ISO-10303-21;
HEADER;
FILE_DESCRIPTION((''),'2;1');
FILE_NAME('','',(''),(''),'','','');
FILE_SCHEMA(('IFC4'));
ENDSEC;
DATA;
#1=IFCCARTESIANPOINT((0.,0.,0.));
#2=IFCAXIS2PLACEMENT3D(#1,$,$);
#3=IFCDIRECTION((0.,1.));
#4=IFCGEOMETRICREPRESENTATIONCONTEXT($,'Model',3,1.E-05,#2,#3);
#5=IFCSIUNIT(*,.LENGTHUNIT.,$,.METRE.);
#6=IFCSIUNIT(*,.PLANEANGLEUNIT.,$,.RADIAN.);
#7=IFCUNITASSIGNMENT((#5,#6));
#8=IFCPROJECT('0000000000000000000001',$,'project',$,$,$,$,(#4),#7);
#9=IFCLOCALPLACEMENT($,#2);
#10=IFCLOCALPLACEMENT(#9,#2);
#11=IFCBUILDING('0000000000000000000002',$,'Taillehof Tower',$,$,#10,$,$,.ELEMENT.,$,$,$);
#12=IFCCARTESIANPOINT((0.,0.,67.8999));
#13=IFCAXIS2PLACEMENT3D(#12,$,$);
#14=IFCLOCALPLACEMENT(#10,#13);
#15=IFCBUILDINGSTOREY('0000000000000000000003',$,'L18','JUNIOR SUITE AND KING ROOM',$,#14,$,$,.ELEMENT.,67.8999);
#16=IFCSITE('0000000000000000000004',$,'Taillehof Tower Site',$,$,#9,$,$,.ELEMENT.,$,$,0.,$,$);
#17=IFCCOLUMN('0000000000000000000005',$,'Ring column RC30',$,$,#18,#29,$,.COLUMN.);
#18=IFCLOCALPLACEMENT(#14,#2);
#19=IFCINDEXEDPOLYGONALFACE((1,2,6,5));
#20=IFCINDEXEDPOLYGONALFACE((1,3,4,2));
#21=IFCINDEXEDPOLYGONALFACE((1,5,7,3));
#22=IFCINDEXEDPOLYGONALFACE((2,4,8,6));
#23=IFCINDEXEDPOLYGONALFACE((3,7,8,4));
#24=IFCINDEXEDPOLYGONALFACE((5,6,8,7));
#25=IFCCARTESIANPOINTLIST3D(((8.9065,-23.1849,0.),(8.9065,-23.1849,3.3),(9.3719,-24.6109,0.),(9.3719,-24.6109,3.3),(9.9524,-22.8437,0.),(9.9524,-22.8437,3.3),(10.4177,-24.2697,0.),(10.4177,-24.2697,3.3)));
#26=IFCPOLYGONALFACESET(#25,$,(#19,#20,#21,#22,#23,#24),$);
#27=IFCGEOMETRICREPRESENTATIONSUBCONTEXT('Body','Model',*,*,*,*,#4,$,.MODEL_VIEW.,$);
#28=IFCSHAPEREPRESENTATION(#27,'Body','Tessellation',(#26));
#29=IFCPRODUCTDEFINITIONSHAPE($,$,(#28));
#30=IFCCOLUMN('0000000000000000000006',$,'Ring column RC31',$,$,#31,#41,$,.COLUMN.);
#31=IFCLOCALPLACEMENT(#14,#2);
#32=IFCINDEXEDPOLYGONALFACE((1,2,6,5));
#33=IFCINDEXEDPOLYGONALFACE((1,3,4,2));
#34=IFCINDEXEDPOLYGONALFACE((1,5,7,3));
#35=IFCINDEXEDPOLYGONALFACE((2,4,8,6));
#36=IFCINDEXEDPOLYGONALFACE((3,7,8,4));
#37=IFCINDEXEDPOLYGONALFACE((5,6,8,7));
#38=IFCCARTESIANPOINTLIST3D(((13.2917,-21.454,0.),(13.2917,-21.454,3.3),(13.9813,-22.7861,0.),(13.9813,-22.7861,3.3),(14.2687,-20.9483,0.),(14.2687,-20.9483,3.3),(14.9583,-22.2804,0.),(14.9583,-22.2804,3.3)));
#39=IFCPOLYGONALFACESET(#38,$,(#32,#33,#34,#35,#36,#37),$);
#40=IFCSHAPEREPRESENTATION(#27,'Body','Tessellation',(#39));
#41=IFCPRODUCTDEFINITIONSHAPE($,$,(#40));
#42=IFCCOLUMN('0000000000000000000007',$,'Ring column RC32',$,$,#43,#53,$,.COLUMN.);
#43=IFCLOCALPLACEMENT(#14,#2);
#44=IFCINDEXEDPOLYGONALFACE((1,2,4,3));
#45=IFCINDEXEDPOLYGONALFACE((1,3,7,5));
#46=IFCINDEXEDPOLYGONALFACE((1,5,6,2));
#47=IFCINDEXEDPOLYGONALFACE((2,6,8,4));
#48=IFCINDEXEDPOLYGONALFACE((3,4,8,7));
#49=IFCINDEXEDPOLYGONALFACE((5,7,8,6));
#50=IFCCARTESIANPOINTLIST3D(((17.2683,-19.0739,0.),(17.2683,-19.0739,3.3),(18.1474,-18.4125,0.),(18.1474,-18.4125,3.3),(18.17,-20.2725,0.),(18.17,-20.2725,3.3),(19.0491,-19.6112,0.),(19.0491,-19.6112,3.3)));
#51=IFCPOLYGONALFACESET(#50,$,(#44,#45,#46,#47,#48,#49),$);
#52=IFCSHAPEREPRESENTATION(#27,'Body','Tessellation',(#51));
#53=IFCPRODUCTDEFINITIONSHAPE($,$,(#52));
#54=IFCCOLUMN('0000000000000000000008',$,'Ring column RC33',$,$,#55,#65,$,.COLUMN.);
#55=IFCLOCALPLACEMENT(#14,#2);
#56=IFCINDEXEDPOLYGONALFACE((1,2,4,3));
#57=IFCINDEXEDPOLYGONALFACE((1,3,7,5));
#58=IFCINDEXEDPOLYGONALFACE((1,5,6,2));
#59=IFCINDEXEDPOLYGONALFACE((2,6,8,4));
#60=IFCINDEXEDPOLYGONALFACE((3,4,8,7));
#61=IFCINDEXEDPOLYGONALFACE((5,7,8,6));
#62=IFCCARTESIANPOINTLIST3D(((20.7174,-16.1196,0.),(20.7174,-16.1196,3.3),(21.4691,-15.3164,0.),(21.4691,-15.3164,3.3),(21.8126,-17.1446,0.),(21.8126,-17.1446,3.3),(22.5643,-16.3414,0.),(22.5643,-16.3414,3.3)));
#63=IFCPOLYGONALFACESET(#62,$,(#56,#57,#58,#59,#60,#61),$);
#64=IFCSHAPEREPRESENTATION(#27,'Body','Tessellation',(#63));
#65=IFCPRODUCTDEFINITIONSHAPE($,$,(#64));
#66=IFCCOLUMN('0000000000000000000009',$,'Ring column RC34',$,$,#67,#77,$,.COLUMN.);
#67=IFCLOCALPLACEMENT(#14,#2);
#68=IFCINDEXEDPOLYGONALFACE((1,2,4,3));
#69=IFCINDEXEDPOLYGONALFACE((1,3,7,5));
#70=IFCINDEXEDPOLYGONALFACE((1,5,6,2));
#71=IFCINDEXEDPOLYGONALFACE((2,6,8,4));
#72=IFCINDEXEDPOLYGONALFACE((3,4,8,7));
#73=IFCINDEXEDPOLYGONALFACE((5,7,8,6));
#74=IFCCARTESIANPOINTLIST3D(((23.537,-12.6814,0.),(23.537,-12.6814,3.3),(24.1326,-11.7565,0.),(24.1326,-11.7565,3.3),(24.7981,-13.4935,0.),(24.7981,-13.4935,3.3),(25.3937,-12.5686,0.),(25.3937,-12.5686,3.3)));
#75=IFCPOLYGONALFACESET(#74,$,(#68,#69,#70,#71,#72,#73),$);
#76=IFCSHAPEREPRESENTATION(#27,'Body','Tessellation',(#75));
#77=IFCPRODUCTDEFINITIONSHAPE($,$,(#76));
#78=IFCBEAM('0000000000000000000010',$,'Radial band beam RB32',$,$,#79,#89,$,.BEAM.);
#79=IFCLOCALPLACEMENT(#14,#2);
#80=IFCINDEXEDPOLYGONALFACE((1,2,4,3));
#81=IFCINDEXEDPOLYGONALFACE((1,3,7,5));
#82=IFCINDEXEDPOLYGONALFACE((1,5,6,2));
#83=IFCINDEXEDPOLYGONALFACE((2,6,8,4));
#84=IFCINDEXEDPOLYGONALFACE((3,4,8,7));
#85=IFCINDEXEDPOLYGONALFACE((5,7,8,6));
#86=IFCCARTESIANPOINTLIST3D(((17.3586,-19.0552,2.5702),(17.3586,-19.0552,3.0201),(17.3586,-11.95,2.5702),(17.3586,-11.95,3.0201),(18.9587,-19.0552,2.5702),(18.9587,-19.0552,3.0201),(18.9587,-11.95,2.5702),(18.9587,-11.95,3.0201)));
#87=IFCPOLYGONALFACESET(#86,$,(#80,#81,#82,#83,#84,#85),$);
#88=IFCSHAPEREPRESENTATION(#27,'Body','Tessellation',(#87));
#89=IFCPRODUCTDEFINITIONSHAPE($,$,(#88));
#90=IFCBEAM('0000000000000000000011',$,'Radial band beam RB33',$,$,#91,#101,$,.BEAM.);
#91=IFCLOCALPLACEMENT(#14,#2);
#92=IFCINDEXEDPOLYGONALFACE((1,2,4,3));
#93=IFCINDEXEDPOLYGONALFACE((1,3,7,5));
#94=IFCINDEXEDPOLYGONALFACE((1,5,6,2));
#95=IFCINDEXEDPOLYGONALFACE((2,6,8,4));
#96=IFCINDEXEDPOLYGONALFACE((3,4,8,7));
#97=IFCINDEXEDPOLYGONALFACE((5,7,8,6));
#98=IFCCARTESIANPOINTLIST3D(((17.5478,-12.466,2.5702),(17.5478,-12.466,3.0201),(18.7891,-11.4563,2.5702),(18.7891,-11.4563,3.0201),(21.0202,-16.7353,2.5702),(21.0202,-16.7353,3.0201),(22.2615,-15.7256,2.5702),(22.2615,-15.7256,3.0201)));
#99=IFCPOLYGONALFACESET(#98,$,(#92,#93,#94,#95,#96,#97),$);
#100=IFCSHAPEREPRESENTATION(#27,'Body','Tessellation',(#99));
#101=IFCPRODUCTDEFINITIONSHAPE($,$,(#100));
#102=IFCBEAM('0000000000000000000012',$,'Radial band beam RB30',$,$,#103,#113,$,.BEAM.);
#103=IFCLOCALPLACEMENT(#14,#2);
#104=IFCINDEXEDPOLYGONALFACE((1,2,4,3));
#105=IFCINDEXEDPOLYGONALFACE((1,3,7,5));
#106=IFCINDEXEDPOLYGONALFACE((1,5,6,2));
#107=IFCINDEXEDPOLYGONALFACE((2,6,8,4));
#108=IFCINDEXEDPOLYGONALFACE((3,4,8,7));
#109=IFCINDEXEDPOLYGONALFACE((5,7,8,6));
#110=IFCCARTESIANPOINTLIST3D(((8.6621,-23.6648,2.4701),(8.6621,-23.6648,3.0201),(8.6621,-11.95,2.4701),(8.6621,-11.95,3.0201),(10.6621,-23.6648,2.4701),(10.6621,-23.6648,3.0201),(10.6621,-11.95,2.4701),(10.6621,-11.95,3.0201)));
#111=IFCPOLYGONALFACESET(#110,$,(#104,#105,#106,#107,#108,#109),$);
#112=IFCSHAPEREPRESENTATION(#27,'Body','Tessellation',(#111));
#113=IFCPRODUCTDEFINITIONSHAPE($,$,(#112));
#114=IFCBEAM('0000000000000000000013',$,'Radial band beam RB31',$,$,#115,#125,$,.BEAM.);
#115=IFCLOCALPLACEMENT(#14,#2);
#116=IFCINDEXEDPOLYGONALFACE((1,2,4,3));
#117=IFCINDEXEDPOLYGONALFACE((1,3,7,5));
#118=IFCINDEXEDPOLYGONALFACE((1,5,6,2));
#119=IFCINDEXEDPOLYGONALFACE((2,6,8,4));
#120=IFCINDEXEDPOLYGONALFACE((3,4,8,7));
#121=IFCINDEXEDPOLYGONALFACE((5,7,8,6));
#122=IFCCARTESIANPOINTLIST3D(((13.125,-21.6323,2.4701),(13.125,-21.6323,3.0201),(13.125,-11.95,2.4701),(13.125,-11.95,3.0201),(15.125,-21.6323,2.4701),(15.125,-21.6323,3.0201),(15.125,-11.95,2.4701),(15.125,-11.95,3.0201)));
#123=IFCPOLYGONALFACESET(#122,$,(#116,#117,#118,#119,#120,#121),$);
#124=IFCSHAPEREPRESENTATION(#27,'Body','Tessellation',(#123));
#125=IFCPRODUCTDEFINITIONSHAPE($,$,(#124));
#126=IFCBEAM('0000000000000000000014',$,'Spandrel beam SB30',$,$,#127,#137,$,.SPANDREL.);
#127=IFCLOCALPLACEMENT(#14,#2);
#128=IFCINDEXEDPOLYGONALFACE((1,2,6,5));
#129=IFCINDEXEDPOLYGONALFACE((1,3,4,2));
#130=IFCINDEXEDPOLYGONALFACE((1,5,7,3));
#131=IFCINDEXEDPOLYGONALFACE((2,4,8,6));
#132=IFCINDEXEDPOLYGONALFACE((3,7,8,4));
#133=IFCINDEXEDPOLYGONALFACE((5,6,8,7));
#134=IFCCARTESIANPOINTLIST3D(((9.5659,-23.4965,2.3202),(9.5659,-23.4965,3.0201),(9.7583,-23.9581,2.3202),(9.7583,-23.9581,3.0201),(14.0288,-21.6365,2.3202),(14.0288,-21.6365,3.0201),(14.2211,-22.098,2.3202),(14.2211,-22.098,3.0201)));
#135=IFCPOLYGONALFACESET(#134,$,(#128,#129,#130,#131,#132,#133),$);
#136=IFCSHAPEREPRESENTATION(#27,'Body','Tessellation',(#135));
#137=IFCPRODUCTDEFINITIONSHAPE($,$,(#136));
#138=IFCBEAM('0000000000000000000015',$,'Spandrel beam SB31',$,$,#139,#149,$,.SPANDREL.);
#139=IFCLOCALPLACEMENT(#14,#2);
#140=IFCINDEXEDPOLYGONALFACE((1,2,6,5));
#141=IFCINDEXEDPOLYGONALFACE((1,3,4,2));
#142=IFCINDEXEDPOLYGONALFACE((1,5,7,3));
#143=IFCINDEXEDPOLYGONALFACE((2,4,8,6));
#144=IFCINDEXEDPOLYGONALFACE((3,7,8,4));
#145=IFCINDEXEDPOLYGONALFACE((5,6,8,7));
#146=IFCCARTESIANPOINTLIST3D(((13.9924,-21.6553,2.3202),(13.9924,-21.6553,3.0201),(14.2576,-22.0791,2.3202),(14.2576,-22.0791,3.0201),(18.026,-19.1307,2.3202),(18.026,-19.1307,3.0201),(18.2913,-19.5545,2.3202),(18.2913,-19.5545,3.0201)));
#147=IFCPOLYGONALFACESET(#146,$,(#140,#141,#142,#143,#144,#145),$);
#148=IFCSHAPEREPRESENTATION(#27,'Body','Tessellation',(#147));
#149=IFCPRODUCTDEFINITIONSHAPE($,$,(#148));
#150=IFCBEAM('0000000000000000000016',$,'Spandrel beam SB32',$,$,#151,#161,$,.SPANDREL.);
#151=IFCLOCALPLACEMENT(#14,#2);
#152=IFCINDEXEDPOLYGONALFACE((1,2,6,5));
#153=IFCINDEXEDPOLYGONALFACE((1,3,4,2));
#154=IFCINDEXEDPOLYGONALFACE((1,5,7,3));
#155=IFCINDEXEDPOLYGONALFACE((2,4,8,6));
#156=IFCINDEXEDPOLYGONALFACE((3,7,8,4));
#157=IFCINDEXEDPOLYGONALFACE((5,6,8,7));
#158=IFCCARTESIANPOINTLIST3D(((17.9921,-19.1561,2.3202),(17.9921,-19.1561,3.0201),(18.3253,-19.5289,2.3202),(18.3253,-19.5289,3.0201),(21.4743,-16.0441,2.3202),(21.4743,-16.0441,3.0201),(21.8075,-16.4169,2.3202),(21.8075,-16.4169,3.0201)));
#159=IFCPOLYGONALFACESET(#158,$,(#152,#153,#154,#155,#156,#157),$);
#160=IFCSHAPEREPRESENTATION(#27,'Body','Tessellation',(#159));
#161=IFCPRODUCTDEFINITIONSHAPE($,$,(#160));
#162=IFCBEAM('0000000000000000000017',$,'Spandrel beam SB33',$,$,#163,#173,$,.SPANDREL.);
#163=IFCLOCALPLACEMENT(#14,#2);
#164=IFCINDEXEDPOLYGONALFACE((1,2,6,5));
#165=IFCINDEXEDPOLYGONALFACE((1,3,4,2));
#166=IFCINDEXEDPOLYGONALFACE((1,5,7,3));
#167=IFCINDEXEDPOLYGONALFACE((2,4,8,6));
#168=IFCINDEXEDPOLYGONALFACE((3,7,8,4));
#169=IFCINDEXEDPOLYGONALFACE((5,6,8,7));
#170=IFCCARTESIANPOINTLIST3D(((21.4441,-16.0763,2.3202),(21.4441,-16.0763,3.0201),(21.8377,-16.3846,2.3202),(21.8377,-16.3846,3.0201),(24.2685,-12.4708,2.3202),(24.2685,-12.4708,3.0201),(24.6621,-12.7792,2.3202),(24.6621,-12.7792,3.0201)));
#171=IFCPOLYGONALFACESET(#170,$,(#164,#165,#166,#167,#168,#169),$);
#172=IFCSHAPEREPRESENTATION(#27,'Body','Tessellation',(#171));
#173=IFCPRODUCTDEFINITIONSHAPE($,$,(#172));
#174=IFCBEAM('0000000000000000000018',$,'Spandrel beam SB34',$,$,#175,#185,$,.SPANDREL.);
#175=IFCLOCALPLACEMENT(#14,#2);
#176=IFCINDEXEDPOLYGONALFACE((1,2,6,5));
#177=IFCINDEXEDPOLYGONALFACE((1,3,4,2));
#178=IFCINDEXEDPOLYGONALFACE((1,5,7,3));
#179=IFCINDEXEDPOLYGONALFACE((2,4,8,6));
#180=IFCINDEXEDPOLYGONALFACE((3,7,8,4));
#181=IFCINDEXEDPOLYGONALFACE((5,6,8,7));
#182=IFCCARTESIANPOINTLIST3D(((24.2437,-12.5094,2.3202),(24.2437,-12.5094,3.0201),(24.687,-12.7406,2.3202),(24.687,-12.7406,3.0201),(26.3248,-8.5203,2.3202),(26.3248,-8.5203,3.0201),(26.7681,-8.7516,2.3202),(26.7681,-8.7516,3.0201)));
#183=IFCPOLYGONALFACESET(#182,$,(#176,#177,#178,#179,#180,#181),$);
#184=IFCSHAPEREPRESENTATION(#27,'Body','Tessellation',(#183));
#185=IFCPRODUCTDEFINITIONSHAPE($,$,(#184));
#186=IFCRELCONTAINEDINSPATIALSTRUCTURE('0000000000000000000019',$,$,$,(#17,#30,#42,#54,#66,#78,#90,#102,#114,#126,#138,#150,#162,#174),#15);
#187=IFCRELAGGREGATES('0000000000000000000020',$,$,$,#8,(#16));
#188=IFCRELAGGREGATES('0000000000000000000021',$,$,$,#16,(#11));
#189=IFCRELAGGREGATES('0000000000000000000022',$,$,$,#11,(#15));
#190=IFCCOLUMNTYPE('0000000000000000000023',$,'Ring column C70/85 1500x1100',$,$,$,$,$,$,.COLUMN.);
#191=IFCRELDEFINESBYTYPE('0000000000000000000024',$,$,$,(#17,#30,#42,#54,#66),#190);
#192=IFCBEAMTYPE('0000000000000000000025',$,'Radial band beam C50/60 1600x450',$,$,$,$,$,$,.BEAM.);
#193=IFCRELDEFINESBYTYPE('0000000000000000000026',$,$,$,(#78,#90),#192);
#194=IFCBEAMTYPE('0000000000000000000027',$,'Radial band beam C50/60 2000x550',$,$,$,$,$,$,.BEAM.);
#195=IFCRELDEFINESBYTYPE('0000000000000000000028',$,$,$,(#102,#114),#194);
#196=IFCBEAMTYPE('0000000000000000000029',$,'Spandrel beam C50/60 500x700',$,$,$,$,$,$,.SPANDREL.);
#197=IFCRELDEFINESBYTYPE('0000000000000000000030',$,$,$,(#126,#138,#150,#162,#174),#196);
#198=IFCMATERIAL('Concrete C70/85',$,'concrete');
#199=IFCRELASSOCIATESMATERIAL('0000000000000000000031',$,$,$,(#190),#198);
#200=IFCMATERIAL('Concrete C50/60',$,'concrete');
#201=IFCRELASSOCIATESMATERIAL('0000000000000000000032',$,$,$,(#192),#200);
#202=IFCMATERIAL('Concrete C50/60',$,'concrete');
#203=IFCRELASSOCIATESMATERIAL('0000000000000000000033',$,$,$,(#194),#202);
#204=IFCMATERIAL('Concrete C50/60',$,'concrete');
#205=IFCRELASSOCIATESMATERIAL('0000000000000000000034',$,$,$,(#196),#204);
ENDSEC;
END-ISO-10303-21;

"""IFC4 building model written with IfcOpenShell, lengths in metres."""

from ifc_helpers import new_model, si_unit, direction, frame, origin, origin_2d, place, context, subcontext, project, spatial, rectangle, extrude, material, material_profile, profile_set, type_object, element, save


model = new_model("IFC4")

# Units and contexts
model_context = context("Model", 3, precision=1e-05, world=origin(), true_north=direction((0.0, 1.0)))
body_context = subcontext(model_context, "Body", "Model", "MODEL_VIEW")
ifc_project = project(units=[si_unit("LENGTHUNIT", "METRE"), si_unit("PLANEANGLEUNIT", "RADIAN")], contexts=[model_context])

# Site, building, storey
site_placement = place(None, origin())
site = spatial("IfcSite", under=ifc_project, at=site_placement, Name="Taillehof Tower Site", CompositionType="ELEMENT", RefElevation=0.0)
building_placement = place(site_placement, origin())
building = spatial("IfcBuilding", under=site, at=building_placement, Name="Taillehof Tower", CompositionType="ELEMENT")
storey_placement = place(building_placement, frame((0.0, 0.0, 67.8999)))
storey = spatial("IfcBuildingStorey", under=building, at=storey_placement, Name="L18", Description="JUNIOR SUITE AND KING ROOM", CompositionType="ELEMENT", Elevation=67.8999)

# Columns
ifc_material_1 = material(Name="Concrete C70/85", Category="concrete")
ifc_material_profile_1 = material_profile(ifc_material_1, rectangle(XDim=1.5, YDim=1.1001, at=origin_2d()), Name="RC 1500x1100")
ifc_profile_set_1 = profile_set([ifc_material_profile_1], Name="Concrete C70/85")
column_type = type_object("IfcColumnType", Name="Ring column C70/85 1500x1100", PredefinedType="COLUMN", material=ifc_profile_set_1)
for number, where, z_axis, x_axis, name in (
    (1, (9.6621, -23.7273, 0.0), (0.0, 0.0, 1.0), (0.310219, -0.950665, 0.0), "Ring column RC30"),
    (2, (14.125, -21.8672, 0.0), (0.0, 0.0, 1.0), (0.459691, -0.888079, 0.0), "Ring column RC31"),
    (3, (18.1587, -19.3425, 0.0), (0.0, 0.0, 1.0), (0.601174, -0.799118, 0.0), "Ring column RC32"),
    (4, (21.6409, -16.2305, 0.0), (0.0, 0.0, 1.0), (0.730113, -0.683326, 0.0), "Ring column RC33"),
    (5, (24.4653, -12.625, 0.0), (0.0, 0.0, 1.0), (0.840754, -0.541418, 0.0), "Ring column RC34"),
):
    element("IfcColumn", number, at=place(storey_placement, frame(where, z_axis=z_axis, x_axis=x_axis)), inside=storey, type_object=column_type, Name=name, PredefinedType="COLUMN", context=body_context, shape_type="SweptSolid", body=[
        extrude(rectangle(XDim=1.5, YDim=1.1001, at=origin_2d()), origin(), (0.0, 0.0, 1.0), 3.3),
    ])

# Beams
ifc_material_2 = material(Name="Concrete C50/60", Category="concrete")
ifc_material_profile_2 = material_profile(ifc_material_2, rectangle(XDim=1.6001, YDim=0.45, at=origin_2d()), Name="RC 1600x450")
ifc_profile_set_2 = profile_set([ifc_material_profile_2], Name="Concrete C50/60")
beam_type_1 = type_object("IfcBeamType", Name="Radial band beam C50/60 1600x450", PredefinedType="BEAM", material=ifc_profile_set_2)
beam_1_placement = place(storey_placement, frame((18.1587, -19.0552, 2.7952), z_axis=(0.0, 1.0, 0.0), x_axis=(-1.0, 0.0, 0.0)))
element("IfcBeam", 6, at=beam_1_placement, inside=storey, type_object=beam_type_1, Name="Radial band beam RB32", PredefinedType="BEAM", context=body_context, shape_type="SweptSolid", body=[
    extrude(rectangle(XDim=1.6001, YDim=0.45, at=origin_2d()), origin(), (0.0, 0.0, 1.0), 7.1052),
])
beam_2_placement = place(storey_placement, frame((21.6409, -16.2305, 2.7952), z_axis=(-0.630988, 0.775792, 0.0), x_axis=(-0.775792, -0.630988, 0.0)))
element("IfcBeam", 7, at=beam_2_placement, inside=storey, type_object=beam_type_1, Name="Radial band beam RB33", PredefinedType="BEAM", context=body_context, shape_type="SweptSolid", body=[
    extrude(rectangle(XDim=1.6001, YDim=0.45, at=origin_2d()), origin(), (0.0, 0.0, 1.0), 5.5032),
])
ifc_material_3 = material(Name="Concrete C50/60", Category="concrete")
ifc_material_profile_3 = material_profile(ifc_material_3, rectangle(XDim=2.0, YDim=0.55, at=origin_2d()), Name="RC 2000x550")
ifc_profile_set_3 = profile_set([ifc_material_profile_3], Name="Concrete C50/60")
beam_type_2 = type_object("IfcBeamType", Name="Radial band beam C50/60 2000x550", PredefinedType="BEAM", material=ifc_profile_set_3)
beam_3_placement = place(storey_placement, frame((9.6621, -23.6648, 2.7451), z_axis=(0.0, 1.0, 0.0), x_axis=(-1.0, 0.0, 0.0)))
element("IfcBeam", 8, at=beam_3_placement, inside=storey, type_object=beam_type_2, Name="Radial band beam RB30", PredefinedType="BEAM", context=body_context, shape_type="SweptSolid", body=[
    extrude(rectangle(XDim=2.0, YDim=0.55, at=origin_2d()), origin(), (0.0, 0.0, 1.0), 11.7148),
])
beam_4_placement = place(storey_placement, frame((14.125, -21.6323, 2.7451), z_axis=(0.0, 1.0, 0.0), x_axis=(-1.0, 0.0, 0.0)))
element("IfcBeam", 9, at=beam_4_placement, inside=storey, type_object=beam_type_2, Name="Radial band beam RB31", PredefinedType="BEAM", context=body_context, shape_type="SweptSolid", body=[
    extrude(rectangle(XDim=2.0, YDim=0.55, at=origin_2d()), origin(), (0.0, 0.0, 1.0), 9.6824),
])
ifc_material_4 = material(Name="Concrete C50/60", Category="concrete")
ifc_material_profile_4 = material_profile(ifc_material_4, rectangle(XDim=0.5, YDim=0.7, at=origin_2d()), Name="RC 500x700")
ifc_profile_set_4 = profile_set([ifc_material_profile_4], Name="Concrete C50/60")
beam_type_3 = type_object("IfcBeamType", Name="Spandrel beam C50/60 500x700", PredefinedType="SPANDREL", material=ifc_profile_set_4)
beam_5_placement = place(storey_placement, frame((9.6621, -23.7273, 2.6702), z_axis=(0.923035, 0.384716, 0.0), x_axis=(-0.384716, 0.923035, 0.0)))
element("IfcBeam", 10, at=beam_5_placement, inside=storey, type_object=beam_type_3, Name="Spandrel beam SB30", PredefinedType="SPANDREL", context=body_context, shape_type="SweptSolid", body=[
    extrude(rectangle(XDim=0.5, YDim=0.7, at=origin_2d()), origin(), (0.0, 0.0, 1.0), 4.835),
])
beam_6_placement = place(storey_placement, frame((14.125, -21.8672, 2.6702), z_axis=(0.847658, 0.530543, 0.0), x_axis=(-0.530543, 0.847658, 0.0)))
element("IfcBeam", 11, at=beam_6_placement, inside=storey, type_object=beam_type_3, Name="Spandrel beam SB31", PredefinedType="SPANDREL", context=body_context, shape_type="SweptSolid", body=[
    extrude(rectangle(XDim=0.5, YDim=0.7, at=origin_2d()), origin(), (0.0, 0.0, 1.0), 4.7585),
])
beam_7_placement = place(storey_placement, frame((18.1587, -19.3425, 2.6702), z_axis=(0.745621, 0.66637, 0.0), x_axis=(-0.66637, 0.745621, 0.0)))
element("IfcBeam", 12, at=beam_7_placement, inside=storey, type_object=beam_type_3, Name="Spandrel beam SB32", PredefinedType="SPANDREL", context=body_context, shape_type="SweptSolid", body=[
    extrude(rectangle(XDim=0.5, YDim=0.7, at=origin_2d()), origin(), (0.0, 0.0, 1.0), 4.6702),
])
beam_8_placement = place(storey_placement, frame((21.6409, -16.2305, 2.6702), z_axis=(0.616686, 0.787209, 0.0), x_axis=(-0.787209, 0.616686, 0.0)))
element("IfcBeam", 13, at=beam_8_placement, inside=storey, type_object=beam_type_3, Name="Spandrel beam SB33", PredefinedType="SPANDREL", context=body_context, shape_type="SweptSolid", body=[
    extrude(rectangle(XDim=0.5, YDim=0.7, at=origin_2d()), origin(), (0.0, 0.0, 1.0), 4.5801),
])
beam_9_placement = place(storey_placement, frame((24.4653, -12.625, 2.6702), z_axis=(0.462536, 0.8866, 0.0), x_axis=(-0.8866, 0.462536, 0.0)))
element("IfcBeam", 14, at=beam_9_placement, inside=storey, type_object=beam_type_3, Name="Spandrel beam SB34", PredefinedType="SPANDREL", context=body_context, shape_type="SweptSolid", body=[
    extrude(rectangle(XDim=0.5, YDim=0.7, at=origin_2d()), origin(), (0.0, 0.0, 1.0), 4.4993),
])

save(model, "model.ifc")
